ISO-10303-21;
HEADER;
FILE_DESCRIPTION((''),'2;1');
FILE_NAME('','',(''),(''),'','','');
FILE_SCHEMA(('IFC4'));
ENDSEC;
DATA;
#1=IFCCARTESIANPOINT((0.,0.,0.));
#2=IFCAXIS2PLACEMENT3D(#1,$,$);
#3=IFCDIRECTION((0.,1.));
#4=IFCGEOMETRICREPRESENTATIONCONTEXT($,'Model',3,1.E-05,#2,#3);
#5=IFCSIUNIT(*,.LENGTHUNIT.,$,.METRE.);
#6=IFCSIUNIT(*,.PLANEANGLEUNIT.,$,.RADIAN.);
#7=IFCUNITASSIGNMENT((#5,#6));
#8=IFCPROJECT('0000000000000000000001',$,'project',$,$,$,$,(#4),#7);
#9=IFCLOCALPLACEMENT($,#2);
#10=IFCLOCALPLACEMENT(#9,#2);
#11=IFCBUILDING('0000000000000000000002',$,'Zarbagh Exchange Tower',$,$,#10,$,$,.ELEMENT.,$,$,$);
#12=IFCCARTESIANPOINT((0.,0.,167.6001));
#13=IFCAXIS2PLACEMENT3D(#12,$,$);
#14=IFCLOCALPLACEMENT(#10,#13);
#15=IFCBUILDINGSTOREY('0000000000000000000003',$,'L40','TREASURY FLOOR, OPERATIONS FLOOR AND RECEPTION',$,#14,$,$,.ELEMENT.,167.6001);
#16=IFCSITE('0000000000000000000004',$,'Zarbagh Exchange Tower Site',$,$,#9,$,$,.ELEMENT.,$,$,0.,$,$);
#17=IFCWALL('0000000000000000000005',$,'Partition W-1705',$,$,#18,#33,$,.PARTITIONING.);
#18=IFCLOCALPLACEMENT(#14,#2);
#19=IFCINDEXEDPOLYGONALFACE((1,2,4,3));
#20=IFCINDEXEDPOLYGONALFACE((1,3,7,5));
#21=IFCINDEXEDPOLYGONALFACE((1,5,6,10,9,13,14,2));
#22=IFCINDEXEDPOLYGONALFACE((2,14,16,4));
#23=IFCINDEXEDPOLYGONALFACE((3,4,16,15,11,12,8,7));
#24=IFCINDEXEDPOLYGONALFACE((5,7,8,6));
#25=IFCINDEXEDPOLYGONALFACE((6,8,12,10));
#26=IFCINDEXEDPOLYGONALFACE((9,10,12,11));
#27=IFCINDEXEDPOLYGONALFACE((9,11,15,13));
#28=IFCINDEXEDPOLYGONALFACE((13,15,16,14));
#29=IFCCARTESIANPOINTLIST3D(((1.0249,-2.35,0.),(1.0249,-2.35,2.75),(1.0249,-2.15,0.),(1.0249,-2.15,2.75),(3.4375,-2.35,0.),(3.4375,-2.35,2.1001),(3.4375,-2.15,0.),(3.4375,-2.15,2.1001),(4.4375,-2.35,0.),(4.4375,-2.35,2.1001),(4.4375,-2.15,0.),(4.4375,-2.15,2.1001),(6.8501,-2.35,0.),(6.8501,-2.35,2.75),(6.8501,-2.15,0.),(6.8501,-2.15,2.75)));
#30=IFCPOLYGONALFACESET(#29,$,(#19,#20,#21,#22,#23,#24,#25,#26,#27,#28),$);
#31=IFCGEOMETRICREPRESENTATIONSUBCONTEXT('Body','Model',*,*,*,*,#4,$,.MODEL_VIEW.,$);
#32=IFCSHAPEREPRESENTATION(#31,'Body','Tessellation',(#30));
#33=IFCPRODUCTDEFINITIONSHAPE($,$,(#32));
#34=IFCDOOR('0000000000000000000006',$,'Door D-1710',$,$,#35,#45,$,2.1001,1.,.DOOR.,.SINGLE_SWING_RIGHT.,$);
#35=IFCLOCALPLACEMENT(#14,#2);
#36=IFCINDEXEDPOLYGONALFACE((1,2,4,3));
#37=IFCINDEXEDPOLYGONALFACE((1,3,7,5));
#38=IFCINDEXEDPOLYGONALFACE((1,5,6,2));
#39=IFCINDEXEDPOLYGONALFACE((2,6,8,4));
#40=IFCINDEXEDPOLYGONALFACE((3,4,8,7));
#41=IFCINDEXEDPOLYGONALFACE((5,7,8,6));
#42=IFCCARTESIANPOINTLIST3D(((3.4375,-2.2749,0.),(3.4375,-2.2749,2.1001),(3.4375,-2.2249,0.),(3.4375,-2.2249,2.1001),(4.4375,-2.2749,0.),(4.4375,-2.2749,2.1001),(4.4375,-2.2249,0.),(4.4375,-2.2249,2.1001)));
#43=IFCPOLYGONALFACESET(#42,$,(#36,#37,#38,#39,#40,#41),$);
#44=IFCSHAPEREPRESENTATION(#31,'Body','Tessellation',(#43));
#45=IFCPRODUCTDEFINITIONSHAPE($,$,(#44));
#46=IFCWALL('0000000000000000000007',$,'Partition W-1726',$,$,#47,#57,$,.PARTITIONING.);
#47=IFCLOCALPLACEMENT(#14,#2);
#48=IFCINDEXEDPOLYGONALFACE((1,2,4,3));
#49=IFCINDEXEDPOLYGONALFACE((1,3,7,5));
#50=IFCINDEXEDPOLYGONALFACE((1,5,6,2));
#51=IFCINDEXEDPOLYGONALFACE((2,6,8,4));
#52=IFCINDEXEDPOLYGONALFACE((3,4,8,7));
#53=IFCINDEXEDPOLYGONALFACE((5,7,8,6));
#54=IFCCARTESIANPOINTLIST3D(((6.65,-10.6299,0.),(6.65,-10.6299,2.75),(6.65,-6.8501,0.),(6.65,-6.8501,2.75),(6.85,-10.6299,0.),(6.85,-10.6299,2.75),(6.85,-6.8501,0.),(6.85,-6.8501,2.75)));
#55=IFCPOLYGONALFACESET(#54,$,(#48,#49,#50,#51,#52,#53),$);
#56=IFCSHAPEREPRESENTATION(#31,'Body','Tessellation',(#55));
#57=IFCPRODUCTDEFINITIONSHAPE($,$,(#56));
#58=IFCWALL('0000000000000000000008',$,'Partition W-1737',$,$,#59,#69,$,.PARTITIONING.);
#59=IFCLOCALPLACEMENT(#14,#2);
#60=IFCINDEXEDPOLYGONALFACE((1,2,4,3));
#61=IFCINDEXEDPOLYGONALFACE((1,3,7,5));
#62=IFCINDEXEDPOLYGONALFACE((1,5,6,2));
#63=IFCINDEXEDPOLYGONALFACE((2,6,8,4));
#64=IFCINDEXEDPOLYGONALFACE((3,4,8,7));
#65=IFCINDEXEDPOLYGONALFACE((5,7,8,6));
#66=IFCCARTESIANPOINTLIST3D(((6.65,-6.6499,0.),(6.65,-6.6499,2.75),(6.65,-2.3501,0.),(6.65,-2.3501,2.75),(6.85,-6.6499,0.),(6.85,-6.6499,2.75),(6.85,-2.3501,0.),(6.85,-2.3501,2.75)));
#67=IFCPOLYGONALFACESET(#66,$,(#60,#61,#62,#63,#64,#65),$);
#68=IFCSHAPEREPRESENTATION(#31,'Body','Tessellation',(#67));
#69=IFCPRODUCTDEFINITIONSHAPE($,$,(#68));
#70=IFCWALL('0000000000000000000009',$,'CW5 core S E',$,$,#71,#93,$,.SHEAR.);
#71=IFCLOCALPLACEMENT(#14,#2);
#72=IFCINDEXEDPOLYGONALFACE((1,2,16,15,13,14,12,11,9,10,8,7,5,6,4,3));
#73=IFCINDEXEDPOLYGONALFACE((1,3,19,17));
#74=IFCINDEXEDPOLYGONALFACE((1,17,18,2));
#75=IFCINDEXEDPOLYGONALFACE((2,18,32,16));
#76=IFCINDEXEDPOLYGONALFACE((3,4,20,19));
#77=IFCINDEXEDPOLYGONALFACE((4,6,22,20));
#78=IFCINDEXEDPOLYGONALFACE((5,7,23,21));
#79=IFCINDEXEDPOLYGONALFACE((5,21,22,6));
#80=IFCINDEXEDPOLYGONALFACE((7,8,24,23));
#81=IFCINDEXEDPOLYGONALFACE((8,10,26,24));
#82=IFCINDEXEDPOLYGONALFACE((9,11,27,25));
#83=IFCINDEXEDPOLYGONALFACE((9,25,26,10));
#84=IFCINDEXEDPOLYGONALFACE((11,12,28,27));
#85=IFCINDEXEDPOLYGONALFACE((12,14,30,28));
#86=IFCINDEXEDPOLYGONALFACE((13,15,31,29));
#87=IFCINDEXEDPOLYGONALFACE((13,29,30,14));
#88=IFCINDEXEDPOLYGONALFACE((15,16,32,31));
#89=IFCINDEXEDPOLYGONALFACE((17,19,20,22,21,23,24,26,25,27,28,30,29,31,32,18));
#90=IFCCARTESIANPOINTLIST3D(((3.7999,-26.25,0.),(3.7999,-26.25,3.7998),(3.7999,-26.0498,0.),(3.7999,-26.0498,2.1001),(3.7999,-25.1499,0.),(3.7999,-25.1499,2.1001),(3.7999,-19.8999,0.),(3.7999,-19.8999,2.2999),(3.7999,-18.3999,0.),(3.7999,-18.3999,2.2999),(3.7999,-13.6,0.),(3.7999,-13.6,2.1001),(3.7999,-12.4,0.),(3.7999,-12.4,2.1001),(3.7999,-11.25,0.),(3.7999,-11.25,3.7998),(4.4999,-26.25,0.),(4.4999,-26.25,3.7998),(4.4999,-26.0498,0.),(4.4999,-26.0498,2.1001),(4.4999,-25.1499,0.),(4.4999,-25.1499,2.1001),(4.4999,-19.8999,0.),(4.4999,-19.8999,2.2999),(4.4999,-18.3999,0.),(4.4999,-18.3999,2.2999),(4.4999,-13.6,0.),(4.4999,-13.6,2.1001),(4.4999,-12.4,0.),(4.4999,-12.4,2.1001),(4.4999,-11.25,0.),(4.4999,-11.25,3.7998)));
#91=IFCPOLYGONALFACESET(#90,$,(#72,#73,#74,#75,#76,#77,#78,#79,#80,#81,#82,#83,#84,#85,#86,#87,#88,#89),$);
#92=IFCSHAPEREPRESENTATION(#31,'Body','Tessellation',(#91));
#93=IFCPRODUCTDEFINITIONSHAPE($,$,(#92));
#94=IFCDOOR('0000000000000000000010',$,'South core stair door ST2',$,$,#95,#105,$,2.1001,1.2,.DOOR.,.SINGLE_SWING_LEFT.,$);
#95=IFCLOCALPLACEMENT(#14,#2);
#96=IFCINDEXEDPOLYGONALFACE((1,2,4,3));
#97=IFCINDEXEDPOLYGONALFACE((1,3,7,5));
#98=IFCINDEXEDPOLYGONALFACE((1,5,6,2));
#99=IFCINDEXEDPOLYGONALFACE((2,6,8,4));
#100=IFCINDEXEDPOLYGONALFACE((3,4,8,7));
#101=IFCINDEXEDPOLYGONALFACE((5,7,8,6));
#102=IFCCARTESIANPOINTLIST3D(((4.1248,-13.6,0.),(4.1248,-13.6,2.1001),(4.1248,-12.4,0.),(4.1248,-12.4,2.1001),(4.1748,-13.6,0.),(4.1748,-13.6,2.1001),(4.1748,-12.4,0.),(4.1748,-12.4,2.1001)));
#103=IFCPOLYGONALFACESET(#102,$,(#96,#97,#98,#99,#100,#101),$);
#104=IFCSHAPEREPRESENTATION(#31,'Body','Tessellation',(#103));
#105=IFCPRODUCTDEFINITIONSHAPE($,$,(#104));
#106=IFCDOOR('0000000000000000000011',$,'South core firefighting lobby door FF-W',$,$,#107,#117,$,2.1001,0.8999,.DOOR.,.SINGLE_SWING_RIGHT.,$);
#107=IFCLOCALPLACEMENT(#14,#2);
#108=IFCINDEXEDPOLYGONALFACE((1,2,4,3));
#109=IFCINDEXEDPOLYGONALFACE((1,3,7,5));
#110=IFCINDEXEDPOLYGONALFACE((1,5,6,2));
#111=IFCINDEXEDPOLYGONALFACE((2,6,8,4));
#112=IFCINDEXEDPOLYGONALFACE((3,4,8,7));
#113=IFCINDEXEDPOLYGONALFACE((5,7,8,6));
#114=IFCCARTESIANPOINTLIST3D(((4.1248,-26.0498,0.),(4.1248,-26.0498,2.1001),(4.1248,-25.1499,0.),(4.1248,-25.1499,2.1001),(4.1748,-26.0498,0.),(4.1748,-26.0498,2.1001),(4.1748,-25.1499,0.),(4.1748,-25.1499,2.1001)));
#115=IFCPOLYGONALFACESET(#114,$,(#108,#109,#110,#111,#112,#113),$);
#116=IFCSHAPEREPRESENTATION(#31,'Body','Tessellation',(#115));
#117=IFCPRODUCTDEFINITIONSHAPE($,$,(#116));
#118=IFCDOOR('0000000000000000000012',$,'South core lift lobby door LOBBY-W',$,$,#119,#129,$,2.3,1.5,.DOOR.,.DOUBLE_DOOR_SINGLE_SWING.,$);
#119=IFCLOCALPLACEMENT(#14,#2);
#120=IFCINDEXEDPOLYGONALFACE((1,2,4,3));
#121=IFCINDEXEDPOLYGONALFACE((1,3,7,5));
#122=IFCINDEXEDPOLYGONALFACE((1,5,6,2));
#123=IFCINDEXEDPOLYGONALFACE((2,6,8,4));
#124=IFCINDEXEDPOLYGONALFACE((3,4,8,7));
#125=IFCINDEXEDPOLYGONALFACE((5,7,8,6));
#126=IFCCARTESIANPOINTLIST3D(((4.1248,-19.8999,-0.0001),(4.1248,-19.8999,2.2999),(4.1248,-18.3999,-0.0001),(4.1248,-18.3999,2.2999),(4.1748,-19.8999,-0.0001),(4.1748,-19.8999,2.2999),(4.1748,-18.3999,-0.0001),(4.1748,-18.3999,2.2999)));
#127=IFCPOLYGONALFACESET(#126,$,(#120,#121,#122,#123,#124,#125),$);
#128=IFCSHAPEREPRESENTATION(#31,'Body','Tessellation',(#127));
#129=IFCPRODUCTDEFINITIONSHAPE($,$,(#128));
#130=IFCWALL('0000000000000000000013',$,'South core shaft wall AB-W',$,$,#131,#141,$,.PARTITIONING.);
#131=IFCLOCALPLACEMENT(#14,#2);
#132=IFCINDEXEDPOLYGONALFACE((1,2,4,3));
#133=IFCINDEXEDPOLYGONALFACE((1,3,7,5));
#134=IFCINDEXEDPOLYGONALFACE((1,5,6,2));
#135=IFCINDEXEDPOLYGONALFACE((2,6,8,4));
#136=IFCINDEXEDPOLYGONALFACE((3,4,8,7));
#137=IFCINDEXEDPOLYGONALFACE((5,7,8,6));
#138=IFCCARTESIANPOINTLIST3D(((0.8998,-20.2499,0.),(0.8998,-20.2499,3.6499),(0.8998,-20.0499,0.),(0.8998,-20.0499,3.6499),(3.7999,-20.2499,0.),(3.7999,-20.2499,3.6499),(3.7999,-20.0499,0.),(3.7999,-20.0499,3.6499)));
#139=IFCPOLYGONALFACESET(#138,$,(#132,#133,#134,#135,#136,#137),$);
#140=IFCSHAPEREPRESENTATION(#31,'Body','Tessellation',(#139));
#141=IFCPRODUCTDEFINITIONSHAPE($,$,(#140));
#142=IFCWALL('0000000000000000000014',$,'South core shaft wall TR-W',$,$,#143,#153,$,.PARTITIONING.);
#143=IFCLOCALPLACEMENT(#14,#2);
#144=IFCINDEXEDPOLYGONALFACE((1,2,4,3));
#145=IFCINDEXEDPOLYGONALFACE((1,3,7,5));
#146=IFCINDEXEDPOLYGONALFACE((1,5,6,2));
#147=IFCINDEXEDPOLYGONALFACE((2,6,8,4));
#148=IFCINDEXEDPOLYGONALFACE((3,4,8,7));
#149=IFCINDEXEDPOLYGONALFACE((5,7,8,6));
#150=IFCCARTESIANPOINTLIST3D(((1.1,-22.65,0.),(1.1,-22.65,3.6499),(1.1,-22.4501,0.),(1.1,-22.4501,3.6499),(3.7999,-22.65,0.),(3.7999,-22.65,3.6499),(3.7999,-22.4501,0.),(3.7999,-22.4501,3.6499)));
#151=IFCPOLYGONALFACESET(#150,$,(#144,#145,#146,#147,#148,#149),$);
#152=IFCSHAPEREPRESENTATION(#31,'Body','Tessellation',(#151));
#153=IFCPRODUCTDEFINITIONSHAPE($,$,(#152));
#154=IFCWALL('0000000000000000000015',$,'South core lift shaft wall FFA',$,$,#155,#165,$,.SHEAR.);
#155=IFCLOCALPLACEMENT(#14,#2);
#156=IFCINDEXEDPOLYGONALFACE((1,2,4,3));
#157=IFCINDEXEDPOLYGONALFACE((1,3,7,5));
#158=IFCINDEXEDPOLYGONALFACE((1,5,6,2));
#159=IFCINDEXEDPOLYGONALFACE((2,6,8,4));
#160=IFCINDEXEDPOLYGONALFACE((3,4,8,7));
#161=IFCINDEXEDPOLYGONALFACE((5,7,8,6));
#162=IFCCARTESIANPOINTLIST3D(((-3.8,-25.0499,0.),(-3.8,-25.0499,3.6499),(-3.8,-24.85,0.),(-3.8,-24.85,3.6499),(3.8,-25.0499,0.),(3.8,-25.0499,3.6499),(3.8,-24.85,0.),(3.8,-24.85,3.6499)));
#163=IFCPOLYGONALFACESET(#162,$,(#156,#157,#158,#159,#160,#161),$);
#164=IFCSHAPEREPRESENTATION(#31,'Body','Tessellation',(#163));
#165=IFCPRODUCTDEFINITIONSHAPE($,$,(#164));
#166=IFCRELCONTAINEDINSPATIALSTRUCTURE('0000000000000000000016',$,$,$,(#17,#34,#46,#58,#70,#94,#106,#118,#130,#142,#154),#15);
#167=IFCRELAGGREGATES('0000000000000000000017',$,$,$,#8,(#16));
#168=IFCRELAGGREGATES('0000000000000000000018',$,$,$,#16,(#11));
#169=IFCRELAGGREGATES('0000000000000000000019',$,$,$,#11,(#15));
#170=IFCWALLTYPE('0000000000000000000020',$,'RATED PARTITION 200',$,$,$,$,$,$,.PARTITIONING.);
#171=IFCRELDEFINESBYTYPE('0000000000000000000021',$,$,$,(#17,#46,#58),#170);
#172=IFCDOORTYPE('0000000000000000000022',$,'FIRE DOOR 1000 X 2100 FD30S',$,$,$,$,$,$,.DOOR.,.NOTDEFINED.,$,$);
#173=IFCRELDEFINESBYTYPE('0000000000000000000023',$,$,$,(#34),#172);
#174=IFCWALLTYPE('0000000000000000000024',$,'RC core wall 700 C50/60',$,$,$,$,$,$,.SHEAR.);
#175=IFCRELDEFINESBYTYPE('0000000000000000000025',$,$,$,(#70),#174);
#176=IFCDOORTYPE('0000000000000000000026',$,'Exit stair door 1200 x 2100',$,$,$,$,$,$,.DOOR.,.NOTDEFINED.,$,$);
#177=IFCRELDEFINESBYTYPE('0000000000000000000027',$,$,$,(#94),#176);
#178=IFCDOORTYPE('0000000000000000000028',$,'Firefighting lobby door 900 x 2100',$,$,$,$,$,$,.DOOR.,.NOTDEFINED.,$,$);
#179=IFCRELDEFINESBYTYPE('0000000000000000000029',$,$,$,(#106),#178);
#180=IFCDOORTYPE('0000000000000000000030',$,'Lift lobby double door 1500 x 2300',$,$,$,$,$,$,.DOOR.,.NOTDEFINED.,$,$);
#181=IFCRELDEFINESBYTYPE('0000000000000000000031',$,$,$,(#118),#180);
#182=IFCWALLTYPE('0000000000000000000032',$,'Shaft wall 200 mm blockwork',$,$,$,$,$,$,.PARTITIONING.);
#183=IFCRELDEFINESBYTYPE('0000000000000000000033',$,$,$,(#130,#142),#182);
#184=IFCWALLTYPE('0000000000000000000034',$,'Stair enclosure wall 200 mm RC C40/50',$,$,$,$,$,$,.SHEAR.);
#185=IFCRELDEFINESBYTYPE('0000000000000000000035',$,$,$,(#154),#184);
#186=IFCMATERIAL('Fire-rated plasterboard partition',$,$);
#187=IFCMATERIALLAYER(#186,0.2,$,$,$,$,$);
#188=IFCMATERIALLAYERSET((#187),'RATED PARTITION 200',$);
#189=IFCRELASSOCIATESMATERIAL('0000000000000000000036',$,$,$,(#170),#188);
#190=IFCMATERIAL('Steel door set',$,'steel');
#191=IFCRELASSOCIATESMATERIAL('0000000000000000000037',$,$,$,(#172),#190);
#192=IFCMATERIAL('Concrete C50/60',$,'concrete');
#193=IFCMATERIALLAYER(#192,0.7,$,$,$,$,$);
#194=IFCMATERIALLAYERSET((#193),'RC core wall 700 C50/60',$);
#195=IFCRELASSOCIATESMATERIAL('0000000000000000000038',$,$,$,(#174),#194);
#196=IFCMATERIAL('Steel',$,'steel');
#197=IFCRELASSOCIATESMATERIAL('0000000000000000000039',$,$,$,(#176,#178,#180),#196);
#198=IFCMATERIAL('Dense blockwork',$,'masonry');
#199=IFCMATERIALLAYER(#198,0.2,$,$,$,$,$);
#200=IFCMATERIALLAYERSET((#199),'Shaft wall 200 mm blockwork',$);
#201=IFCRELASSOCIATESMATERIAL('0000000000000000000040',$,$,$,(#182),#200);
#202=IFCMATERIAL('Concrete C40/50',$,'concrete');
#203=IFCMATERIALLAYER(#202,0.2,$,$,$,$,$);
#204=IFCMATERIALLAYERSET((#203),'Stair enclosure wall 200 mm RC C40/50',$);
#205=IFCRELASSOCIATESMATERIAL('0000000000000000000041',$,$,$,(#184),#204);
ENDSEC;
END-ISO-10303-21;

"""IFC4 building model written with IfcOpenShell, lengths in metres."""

from ifc_helpers import new_model, si_unit, direction, frame, frame_2d, origin, place, context, subcontext, project, spatial, rectangle, extrude, material, layer, layer_set, type_object, element, fill, save


model = new_model("IFC4")

# Units and contexts
model_context = context("Model", 3, precision=1e-05, world=origin(), true_north=direction((0.0, 1.0)))
body_context = subcontext(model_context, "Body", "Model", "MODEL_VIEW")
ifc_project = project(units=[si_unit("LENGTHUNIT", "METRE"), si_unit("PLANEANGLEUNIT", "RADIAN")], contexts=[model_context])

# Site, building, storey
site_placement = place(None, origin())
site = spatial("IfcSite", under=ifc_project, at=site_placement, Name="Zarbagh Exchange Tower Site", CompositionType="ELEMENT", RefElevation=0.0)
building_placement = place(site_placement, origin())
building = spatial("IfcBuilding", under=site, at=building_placement, Name="Zarbagh Exchange Tower", CompositionType="ELEMENT")
storey_placement = place(building_placement, frame((0.0, 0.0, 167.6001)))
storey = spatial("IfcBuildingStorey", under=building, at=storey_placement, Name="L40", Description="TREASURY FLOOR, OPERATIONS FLOOR AND RECEPTION", CompositionType="ELEMENT", Elevation=167.6001)

# Shared definitions
ifc_material_1 = material(Name="Concrete C50/60", Category="concrete")

# Wall, opening, door
ifc_material_2 = material(Name="Fire-rated plasterboard partition")
ifc_layer_1 = layer(ifc_material_2, 0.2)
ifc_layer_set_1 = layer_set([ifc_layer_1], Name="RATED PARTITION 200")
wall_type_1 = type_object("IfcWallType", Name="RATED PARTITION 200", PredefinedType="PARTITIONING", material=ifc_layer_set_1)
wall_1_placement = place(storey_placement, frame((6.8501, -2.25, 0.0), z_axis=(0.0, 0.0, 1.0), x_axis=(-1.0, 0.0, 0.0)))
wall_1 = element("IfcWall", 1, at=wall_1_placement, inside=storey, type_object=wall_type_1, Name="Partition W-1705", PredefinedType="PARTITIONING", context=body_context, shape_type="SweptSolid", body=[
    extrude(rectangle(XDim=5.8252, YDim=0.2, at=frame_2d((2.9126, 0.0))), origin(), (0.0, 0.0, 1.0), 2.75),
])
opening_1_placement = place(wall_1_placement, frame((2.4126, 0.0, 0.0)))
opening_1 = element("IfcOpeningElement", 2, at=opening_1_placement, cuts=wall_1, PredefinedType="OPENING", context=body_context, shape_type="SweptSolid", body=[
    extrude(rectangle(XDim=1.0, YDim=2.1001, at=frame_2d((0.5, 1.05))), frame((0.0, 0.1099, 0.0), z_axis=(0.0, -1.0, 0.0), x_axis=(1.0, 0.0, 0.0)), (0.0, 0.0, 1.0), 0.22),
])
ifc_material_3 = material(Name="Steel door set", Category="steel")
door_type_1 = type_object("IfcDoorType", Name="FIRE DOOR 1000 X 2100 FD30S", OperationType="NOTDEFINED", PredefinedType="DOOR", material=ifc_material_3)
door_1_placement = place(opening_1_placement, origin())
door_1 = element("IfcDoor", 3, at=door_1_placement, inside=storey, type_object=door_type_1, Name="Door D-1710", OperationType="SINGLE_SWING_RIGHT", OverallHeight=2.1001, OverallWidth=1.0, PredefinedType="DOOR", context=body_context, shape_type="SweptSolid", body=[
    extrude(rectangle(XDim=1.0, YDim=2.1001, at=frame_2d((0.5, 1.05))), frame((0.0, 0.0249, 0.0), z_axis=(0.0, -1.0, 0.0), x_axis=(1.0, 0.0, 0.0)), (0.0, 0.0, 1.0), 0.05),
])
fill(opening_1, door_1)

# Walls
wall_2_placement = place(storey_placement, frame((6.75, -10.6299, 0.0), z_axis=(0.0, 0.0, 1.0), x_axis=(0.0, 1.0, 0.0)))
element("IfcWall", 4, at=wall_2_placement, inside=storey, type_object=wall_type_1, Name="Partition W-1726", PredefinedType="PARTITIONING", context=body_context, shape_type="SweptSolid", body=[
    extrude(rectangle(XDim=3.7798, YDim=0.2, at=frame_2d((1.8899, 0.0))), origin(), (0.0, 0.0, 1.0), 2.75),
])
wall_3_placement = place(storey_placement, frame((6.75, -6.6499, 0.0), z_axis=(0.0, 0.0, 1.0), x_axis=(0.0, 1.0, 0.0)))
element("IfcWall", 5, at=wall_3_placement, inside=storey, type_object=wall_type_1, Name="Partition W-1737", PredefinedType="PARTITIONING", context=body_context, shape_type="SweptSolid", body=[
    extrude(rectangle(XDim=4.2998, YDim=0.2, at=frame_2d((2.1499, 0.0))), origin(), (0.0, 0.0, 1.0), 2.75),
])

# Wall, openings, doors
ifc_layer_2 = layer(ifc_material_1, 0.7)
ifc_layer_set_2 = layer_set([ifc_layer_2], Name="RC core wall 700 C50/60")
wall_type_2 = type_object("IfcWallType", Name="RC core wall 700 C50/60", PredefinedType="SHEAR", material=ifc_layer_set_2)
wall_4_placement = place(storey_placement, frame((4.1499, -11.25, 0.0), z_axis=(0.0, 0.0, 1.0), x_axis=(0.0, -1.0, 0.0)))
wall_4 = element("IfcWall", 6, at=wall_4_placement, inside=storey, type_object=wall_type_2, Name="CW5 core S E", PredefinedType="SHEAR", context=body_context, shape_type="SweptSolid", body=[
    extrude(rectangle(XDim=15.0, YDim=0.7, at=frame_2d((7.5, 0.0))), origin(), (0.0, 0.0, 1.0), 3.7998),
])
opening_2_placement = place(wall_4_placement, frame((7.1499, 0.0, 0.0)))
opening_2 = element("IfcOpeningElement", 7, at=opening_2_placement, cuts=wall_4, PredefinedType="OPENING", context=body_context, shape_type="SweptSolid", body=[
    extrude(rectangle(XDim=1.5, YDim=2.3, at=frame_2d((0.75, 1.1499))), frame((0.0, 0.3599, 0.0), z_axis=(0.0, -1.0, 0.0), x_axis=(1.0, 0.0, 0.0)), (0.0, 0.0, 1.0), 0.72),
])
opening_3_placement = place(wall_4_placement, frame((13.8999, 0.0, 0.0)))
opening_3 = element("IfcOpeningElement", 8, at=opening_3_placement, cuts=wall_4, PredefinedType="OPENING", context=body_context, shape_type="SweptSolid", body=[
    extrude(rectangle(XDim=0.8999, YDim=2.1001, at=frame_2d((0.45, 1.05))), frame((0.0, 0.3599, 0.0), z_axis=(0.0, -1.0, 0.0), x_axis=(1.0, 0.0, 0.0)), (0.0, 0.0, 1.0), 0.72),
])
opening_4_placement = place(wall_4_placement, frame((1.1499, 0.0, 0.0)))
opening_4 = element("IfcOpeningElement", 9, at=opening_4_placement, cuts=wall_4, PredefinedType="OPENING", context=body_context, shape_type="SweptSolid", body=[
    extrude(rectangle(XDim=1.2, YDim=2.1001, at=frame_2d((0.6001, 1.05))), frame((0.0, 0.3599, 0.0), z_axis=(0.0, -1.0, 0.0), x_axis=(1.0, 0.0, 0.0)), (0.0, 0.0, 1.0), 0.72),
])
ifc_material_4 = material(Name="Steel", Category="steel")
door_type_2 = type_object("IfcDoorType", Name="Exit stair door 1200 x 2100", OperationType="NOTDEFINED", PredefinedType="DOOR", material=ifc_material_4)
door_2_placement = place(opening_4_placement, origin())
door_2 = element("IfcDoor", 10, at=door_2_placement, inside=storey, type_object=door_type_2, Name="South core stair door ST2", OperationType="SINGLE_SWING_LEFT", OverallHeight=2.1001, OverallWidth=1.2, PredefinedType="DOOR", context=body_context, shape_type="SweptSolid", body=[
    extrude(rectangle(XDim=1.2, YDim=2.1001, at=frame_2d((0.6001, 1.05))), frame((0.0, 0.0249, 0.0), z_axis=(0.0, -1.0, 0.0), x_axis=(1.0, 0.0, 0.0)), (0.0, 0.0, 1.0), 0.05),
])
fill(opening_4, door_2)
door_type_3 = type_object("IfcDoorType", Name="Firefighting lobby door 900 x 2100", OperationType="NOTDEFINED", PredefinedType="DOOR", material=ifc_material_4)
door_3_placement = place(opening_3_placement, origin())
door_3 = element("IfcDoor", 11, at=door_3_placement, inside=storey, type_object=door_type_3, Name="South core firefighting lobby door FF-W", OperationType="SINGLE_SWING_RIGHT", OverallHeight=2.1001, OverallWidth=0.8999, PredefinedType="DOOR", context=body_context, shape_type="SweptSolid", body=[
    extrude(rectangle(XDim=0.8999, YDim=2.1001, at=frame_2d((0.45, 1.05))), frame((0.0, 0.0249, 0.0), z_axis=(0.0, -1.0, 0.0), x_axis=(1.0, 0.0, 0.0)), (0.0, 0.0, 1.0), 0.05),
])
fill(opening_3, door_3)
door_type_4 = type_object("IfcDoorType", Name="Lift lobby double door 1500 x 2300", OperationType="NOTDEFINED", PredefinedType="DOOR", material=ifc_material_4)
door_4_placement = place(opening_2_placement, origin())
door_4 = element("IfcDoor", 12, at=door_4_placement, inside=storey, type_object=door_type_4, Name="South core lift lobby door LOBBY-W", OperationType="DOUBLE_DOOR_SINGLE_SWING", OverallHeight=2.3, OverallWidth=1.5, PredefinedType="DOOR", context=body_context, shape_type="SweptSolid", body=[
    extrude(rectangle(XDim=1.5, YDim=2.3, at=frame_2d((0.75, 1.1499))), frame((0.0, 0.0249, 0.0), z_axis=(0.0, -1.0, 0.0), x_axis=(1.0, 0.0, 0.0)), (0.0, 0.0, 1.0), 0.05),
])
fill(opening_2, door_4)

# Walls
ifc_material_5 = material(Name="Dense blockwork", Category="masonry")
ifc_layer_3 = layer(ifc_material_5, 0.2)
ifc_layer_set_3 = layer_set([ifc_layer_3], Name="Shaft wall 200 mm blockwork")
wall_type_3 = type_object("IfcWallType", Name="Shaft wall 200 mm blockwork", PredefinedType="PARTITIONING", material=ifc_layer_set_3)
wall_5_placement = place(storey_placement, frame((3.8, -20.1499, 0.0), z_axis=(0.0, 0.0, 1.0), x_axis=(-1.0, 0.0, 0.0)))
element("IfcWall", 13, at=wall_5_placement, inside=storey, type_object=wall_type_3, Name="South core shaft wall AB-W", PredefinedType="PARTITIONING", context=body_context, shape_type="SweptSolid", body=[
    extrude(rectangle(XDim=2.9001, YDim=0.2, at=frame_2d((1.4502, 0.0))), origin(), (0.0, 0.0, 1.0), 3.6499),
])
wall_6_placement = place(storey_placement, frame((3.8, -22.55, 0.0), z_axis=(0.0, 0.0, 1.0), x_axis=(-1.0, 0.0, 0.0)))
element("IfcWall", 14, at=wall_6_placement, inside=storey, type_object=wall_type_3, Name="South core shaft wall TR-W", PredefinedType="PARTITIONING", context=body_context, shape_type="SweptSolid", body=[
    extrude(rectangle(XDim=2.7, YDim=0.2, at=frame_2d((1.3501, 0.0))), origin(), (0.0, 0.0, 1.0), 3.6499),
])
ifc_material_6 = material(Name="Concrete C40/50", Category="concrete")
ifc_layer_4 = layer(ifc_material_6, 0.2)
ifc_layer_set_4 = layer_set([ifc_layer_4], Name="Stair enclosure wall 200 mm RC C40/50")
wall_type_4 = type_object("IfcWallType", Name="Stair enclosure wall 200 mm RC C40/50", PredefinedType="SHEAR", material=ifc_layer_set_4)
for number, where, z_axis, x_axis, name in (
    (15, (3.8, -24.95, 0.0), (0.0, 0.0, 1.0), (-1.0, 0.0, 0.0), "South core lift shaft wall FFA"),
):
    element("IfcWall", number, at=place(storey_placement, frame(where, z_axis=z_axis, x_axis=x_axis)), inside=storey, type_object=wall_type_4, Name=name, PredefinedType="SHEAR", context=body_context, shape_type="SweptSolid", body=[
        extrude(rectangle(XDim=7.6001, YDim=0.2, at=frame_2d((3.8, 0.0))), origin(), (0.0, 0.0, 1.0), 3.6499),
    ])

save(model, "model.ifc")
